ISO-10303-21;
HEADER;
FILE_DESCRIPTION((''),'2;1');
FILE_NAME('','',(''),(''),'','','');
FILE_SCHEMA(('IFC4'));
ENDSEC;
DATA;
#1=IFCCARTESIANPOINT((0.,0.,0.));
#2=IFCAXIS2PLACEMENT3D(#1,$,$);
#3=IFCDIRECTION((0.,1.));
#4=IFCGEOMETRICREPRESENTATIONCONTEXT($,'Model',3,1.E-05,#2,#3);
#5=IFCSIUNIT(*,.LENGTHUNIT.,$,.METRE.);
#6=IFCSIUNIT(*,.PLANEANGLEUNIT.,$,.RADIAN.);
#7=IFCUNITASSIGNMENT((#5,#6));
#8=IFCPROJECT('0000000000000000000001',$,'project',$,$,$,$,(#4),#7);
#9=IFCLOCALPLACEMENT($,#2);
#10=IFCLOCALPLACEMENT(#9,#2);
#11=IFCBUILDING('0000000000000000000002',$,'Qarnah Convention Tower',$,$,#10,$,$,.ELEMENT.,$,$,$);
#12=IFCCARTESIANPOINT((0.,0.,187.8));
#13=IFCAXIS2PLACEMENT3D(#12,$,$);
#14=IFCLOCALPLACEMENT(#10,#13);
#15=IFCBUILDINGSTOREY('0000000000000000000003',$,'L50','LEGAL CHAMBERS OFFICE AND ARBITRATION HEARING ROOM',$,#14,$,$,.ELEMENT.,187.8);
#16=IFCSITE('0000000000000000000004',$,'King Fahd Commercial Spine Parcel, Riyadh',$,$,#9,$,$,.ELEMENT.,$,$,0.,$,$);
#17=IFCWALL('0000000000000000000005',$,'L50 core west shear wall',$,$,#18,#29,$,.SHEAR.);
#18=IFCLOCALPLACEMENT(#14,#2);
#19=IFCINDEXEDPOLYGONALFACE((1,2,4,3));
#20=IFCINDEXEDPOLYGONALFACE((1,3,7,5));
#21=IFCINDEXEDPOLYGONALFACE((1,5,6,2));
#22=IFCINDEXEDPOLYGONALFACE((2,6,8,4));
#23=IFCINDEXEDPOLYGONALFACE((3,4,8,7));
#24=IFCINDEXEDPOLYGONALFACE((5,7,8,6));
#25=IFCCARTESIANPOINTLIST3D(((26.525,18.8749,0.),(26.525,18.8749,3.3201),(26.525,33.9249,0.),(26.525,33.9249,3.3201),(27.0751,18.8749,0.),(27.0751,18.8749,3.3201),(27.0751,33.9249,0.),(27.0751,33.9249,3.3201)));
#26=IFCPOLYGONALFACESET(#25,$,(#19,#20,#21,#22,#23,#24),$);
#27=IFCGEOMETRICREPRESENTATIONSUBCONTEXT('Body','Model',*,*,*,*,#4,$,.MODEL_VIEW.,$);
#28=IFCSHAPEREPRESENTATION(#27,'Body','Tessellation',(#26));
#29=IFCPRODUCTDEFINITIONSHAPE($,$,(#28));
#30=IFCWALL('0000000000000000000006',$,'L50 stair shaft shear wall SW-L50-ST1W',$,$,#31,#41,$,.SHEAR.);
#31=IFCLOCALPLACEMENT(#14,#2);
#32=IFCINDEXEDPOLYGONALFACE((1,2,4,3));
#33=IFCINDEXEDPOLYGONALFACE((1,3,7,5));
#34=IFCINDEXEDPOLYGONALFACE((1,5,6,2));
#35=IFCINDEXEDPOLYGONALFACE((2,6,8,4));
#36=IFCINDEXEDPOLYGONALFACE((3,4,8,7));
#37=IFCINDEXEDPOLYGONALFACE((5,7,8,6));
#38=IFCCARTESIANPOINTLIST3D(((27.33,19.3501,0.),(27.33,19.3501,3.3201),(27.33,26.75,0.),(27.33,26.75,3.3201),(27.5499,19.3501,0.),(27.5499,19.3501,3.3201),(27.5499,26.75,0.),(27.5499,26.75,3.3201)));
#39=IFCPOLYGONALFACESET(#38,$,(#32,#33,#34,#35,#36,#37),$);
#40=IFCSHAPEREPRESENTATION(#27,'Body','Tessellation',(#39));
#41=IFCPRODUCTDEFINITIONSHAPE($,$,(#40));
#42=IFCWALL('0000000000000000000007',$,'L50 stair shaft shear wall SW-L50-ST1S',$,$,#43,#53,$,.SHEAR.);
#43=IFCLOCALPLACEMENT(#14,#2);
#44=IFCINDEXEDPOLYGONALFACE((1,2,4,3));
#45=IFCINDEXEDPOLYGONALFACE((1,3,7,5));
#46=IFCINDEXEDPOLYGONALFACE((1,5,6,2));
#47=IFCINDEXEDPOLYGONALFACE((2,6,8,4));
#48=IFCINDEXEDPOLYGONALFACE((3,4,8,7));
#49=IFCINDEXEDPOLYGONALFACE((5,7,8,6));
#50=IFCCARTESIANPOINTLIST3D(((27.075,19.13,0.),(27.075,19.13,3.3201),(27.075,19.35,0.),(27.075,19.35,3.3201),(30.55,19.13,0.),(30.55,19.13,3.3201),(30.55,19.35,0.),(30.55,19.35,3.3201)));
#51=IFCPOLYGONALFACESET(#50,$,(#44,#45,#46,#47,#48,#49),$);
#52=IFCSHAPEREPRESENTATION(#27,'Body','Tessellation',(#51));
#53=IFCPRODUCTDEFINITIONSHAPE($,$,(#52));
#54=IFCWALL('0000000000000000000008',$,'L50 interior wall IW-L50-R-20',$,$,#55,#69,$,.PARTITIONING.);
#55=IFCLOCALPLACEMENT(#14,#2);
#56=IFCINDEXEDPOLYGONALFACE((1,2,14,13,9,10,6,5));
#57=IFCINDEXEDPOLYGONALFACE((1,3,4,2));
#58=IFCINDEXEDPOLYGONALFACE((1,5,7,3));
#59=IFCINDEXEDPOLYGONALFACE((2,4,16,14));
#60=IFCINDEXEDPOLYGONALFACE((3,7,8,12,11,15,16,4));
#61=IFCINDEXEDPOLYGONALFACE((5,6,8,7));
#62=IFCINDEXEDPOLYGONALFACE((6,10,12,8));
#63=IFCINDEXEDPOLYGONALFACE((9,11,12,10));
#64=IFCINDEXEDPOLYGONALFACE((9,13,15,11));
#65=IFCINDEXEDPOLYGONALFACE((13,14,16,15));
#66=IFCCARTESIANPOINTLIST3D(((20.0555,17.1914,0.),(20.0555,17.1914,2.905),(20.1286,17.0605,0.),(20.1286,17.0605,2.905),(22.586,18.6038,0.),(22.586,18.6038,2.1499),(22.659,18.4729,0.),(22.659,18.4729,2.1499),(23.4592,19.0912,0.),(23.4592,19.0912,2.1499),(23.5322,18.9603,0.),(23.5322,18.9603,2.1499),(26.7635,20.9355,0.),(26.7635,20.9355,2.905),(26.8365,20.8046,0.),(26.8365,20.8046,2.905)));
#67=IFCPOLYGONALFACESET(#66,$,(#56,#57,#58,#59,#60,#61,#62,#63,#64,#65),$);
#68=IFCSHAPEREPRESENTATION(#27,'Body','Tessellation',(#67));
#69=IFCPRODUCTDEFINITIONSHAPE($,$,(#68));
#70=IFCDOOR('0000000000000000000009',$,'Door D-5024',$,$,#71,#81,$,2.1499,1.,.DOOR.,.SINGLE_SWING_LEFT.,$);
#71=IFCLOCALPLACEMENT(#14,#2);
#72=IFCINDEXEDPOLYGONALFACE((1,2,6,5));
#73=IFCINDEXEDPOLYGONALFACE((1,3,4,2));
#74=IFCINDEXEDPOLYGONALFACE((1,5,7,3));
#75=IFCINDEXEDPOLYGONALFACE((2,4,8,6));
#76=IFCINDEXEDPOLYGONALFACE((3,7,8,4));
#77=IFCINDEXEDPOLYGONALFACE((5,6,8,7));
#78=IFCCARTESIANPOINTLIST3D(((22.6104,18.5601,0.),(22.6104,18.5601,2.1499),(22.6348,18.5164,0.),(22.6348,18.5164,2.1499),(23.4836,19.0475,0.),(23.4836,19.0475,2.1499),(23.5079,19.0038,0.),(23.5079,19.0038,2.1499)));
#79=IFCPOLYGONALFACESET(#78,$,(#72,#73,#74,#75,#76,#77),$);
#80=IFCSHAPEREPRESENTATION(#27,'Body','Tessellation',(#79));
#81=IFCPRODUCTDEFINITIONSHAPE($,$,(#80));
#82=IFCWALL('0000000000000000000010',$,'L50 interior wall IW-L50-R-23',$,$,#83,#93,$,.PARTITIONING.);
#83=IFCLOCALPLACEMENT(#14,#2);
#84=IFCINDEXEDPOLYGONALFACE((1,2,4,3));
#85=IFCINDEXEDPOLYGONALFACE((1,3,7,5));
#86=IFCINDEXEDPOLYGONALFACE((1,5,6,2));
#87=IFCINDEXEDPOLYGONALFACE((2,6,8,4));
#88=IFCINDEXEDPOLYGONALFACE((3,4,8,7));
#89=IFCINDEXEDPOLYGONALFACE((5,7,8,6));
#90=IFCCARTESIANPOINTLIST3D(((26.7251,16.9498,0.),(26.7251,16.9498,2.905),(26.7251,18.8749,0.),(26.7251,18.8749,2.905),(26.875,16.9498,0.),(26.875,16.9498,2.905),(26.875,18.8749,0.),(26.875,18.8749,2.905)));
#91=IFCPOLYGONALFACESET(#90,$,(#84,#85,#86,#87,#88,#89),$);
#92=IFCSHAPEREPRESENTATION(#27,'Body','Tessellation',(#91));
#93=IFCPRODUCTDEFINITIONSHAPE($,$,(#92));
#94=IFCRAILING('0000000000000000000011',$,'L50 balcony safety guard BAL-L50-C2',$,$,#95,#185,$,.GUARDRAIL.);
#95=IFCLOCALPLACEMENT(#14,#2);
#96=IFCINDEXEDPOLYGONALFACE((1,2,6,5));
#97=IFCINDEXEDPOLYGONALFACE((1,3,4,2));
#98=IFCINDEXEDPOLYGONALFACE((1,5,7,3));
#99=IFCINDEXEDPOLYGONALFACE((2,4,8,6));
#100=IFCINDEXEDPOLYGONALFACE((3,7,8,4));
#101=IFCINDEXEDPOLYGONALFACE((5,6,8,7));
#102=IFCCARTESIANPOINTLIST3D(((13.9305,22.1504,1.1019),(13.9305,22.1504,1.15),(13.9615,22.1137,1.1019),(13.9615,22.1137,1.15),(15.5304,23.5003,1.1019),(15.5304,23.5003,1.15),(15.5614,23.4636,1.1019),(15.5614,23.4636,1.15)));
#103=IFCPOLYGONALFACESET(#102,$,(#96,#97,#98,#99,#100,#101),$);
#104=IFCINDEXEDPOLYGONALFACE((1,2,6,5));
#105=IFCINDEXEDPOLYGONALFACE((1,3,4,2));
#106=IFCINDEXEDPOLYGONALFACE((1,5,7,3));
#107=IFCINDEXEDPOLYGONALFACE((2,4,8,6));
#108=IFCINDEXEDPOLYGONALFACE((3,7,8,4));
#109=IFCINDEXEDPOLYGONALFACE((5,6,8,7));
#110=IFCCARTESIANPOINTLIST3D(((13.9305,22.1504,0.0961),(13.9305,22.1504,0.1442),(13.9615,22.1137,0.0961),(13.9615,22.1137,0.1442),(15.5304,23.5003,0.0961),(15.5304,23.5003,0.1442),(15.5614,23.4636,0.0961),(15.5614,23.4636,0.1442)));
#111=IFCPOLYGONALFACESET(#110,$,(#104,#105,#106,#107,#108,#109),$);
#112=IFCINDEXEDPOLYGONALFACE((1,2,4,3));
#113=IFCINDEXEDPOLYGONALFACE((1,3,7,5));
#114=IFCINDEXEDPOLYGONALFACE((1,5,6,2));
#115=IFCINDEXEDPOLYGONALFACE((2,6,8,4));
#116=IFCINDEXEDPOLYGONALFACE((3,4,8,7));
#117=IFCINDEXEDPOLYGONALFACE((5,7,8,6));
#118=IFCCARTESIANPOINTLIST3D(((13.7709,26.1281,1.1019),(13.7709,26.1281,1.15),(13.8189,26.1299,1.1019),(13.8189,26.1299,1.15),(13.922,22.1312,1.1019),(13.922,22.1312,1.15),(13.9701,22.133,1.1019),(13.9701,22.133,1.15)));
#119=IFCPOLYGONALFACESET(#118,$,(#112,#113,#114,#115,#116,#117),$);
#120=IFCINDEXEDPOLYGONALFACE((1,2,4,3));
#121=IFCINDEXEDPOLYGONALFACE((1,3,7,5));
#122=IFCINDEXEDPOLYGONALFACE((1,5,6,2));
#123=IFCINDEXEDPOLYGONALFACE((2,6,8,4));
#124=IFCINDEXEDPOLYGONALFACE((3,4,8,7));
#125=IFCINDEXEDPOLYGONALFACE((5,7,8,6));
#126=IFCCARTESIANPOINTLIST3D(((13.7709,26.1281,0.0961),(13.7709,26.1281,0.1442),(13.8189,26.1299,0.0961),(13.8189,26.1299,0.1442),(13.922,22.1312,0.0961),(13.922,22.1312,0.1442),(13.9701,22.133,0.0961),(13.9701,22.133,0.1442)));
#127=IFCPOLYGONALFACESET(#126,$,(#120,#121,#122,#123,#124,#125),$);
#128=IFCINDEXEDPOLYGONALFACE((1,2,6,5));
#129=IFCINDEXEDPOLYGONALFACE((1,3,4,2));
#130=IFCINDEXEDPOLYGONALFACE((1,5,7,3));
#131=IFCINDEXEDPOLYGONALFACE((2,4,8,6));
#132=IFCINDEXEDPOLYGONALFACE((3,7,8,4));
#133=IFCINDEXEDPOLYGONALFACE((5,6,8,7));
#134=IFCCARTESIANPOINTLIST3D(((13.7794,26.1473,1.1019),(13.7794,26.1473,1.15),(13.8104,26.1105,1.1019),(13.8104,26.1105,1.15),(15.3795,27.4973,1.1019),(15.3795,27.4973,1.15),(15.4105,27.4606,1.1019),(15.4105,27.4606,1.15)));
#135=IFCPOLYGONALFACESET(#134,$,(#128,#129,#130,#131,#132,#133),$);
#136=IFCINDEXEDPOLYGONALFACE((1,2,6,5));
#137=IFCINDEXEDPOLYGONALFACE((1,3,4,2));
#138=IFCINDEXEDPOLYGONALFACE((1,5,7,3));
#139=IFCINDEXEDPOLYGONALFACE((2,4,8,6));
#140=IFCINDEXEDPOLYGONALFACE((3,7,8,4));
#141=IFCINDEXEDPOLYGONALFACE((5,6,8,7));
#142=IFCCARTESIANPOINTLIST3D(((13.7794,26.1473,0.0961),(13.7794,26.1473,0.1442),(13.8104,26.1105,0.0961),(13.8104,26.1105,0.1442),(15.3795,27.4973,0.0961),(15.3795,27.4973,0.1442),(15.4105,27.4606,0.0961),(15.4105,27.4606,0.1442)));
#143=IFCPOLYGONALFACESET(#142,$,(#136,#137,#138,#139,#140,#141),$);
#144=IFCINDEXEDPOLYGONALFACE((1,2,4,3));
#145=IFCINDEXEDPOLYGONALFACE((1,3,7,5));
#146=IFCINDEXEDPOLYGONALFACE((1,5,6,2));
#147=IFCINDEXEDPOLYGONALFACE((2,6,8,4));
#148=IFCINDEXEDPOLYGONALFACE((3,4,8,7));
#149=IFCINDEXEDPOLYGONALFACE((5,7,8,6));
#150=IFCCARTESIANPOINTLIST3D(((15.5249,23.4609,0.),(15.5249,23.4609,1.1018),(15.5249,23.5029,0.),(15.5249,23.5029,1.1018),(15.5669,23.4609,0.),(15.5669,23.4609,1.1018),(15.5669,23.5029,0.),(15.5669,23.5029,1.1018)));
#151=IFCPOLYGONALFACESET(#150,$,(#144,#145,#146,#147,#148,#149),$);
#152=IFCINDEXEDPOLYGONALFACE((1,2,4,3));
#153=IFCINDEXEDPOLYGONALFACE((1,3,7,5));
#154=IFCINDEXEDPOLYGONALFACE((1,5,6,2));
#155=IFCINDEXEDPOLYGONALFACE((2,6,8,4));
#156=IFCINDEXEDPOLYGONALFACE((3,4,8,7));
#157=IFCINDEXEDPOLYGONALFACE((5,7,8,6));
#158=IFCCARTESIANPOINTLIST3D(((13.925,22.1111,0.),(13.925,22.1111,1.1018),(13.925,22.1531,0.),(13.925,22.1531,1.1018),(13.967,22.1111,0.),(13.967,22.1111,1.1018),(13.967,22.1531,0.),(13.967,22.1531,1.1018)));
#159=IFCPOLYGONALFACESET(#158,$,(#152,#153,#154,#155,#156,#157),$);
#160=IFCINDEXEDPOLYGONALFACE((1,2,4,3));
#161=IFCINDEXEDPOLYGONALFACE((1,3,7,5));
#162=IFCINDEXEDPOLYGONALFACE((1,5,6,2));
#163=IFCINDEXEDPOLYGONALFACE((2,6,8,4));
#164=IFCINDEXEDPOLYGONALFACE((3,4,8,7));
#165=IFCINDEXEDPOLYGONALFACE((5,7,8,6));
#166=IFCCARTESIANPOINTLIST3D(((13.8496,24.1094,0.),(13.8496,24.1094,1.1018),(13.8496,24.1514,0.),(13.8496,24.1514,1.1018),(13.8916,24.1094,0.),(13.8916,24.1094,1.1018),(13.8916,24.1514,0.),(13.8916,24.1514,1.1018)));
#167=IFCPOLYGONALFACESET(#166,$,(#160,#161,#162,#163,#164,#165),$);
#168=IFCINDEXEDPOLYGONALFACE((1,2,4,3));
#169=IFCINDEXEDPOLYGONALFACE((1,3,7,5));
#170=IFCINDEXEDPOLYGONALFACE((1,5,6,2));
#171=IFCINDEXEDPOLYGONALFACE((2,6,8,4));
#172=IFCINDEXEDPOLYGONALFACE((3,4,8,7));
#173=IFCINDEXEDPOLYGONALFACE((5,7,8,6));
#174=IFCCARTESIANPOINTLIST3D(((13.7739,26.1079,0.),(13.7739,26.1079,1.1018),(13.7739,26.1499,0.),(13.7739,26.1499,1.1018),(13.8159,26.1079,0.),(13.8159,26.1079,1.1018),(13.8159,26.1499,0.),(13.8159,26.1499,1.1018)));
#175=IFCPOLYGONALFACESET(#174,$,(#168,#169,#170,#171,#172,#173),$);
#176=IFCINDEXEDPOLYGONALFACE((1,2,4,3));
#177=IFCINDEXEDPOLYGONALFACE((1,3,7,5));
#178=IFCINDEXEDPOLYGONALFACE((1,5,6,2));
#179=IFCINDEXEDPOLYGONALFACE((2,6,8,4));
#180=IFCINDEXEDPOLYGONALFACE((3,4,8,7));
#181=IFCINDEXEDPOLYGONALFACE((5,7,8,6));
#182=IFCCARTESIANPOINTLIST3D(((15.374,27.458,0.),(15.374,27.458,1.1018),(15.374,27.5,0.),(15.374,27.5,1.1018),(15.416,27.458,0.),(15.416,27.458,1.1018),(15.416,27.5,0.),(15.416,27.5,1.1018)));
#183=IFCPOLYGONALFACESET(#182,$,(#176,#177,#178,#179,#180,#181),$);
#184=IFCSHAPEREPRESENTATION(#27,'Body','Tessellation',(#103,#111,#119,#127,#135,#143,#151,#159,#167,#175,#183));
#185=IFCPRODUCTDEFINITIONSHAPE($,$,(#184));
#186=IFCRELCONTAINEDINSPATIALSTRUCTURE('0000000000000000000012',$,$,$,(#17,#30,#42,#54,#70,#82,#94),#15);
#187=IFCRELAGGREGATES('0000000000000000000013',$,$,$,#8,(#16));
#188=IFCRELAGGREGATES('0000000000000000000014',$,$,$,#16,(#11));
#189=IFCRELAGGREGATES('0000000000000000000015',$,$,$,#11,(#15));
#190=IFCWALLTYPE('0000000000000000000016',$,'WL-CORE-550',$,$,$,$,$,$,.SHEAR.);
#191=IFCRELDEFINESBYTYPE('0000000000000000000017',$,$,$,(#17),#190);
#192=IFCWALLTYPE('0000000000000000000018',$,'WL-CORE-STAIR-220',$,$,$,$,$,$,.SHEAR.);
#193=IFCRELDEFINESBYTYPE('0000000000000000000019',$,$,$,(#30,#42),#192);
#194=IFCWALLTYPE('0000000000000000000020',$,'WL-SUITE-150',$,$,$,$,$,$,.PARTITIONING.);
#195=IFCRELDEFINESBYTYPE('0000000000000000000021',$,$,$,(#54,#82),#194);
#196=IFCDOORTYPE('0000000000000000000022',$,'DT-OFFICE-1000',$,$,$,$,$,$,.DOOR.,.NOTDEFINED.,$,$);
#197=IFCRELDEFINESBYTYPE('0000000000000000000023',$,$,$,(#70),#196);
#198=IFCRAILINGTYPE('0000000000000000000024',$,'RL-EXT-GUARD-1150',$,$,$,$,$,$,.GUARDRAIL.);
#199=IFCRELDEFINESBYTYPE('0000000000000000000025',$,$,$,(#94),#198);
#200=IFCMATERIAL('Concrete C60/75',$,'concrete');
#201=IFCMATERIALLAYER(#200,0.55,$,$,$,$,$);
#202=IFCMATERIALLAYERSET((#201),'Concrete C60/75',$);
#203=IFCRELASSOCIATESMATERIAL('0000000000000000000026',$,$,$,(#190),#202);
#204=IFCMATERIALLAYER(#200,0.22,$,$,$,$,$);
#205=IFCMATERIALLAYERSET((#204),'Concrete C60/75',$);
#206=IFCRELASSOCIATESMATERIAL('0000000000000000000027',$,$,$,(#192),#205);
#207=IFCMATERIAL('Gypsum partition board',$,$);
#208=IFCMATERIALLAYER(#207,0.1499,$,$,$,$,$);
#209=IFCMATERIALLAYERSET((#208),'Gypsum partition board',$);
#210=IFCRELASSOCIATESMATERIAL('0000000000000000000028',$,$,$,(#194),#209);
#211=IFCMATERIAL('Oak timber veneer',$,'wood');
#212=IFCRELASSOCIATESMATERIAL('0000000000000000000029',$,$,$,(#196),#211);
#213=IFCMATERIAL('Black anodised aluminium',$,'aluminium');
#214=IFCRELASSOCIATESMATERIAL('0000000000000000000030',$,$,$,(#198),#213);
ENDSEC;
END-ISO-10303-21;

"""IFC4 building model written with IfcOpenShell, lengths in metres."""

from ifc_helpers import new_model, si_unit, direction, frame, frame_2d, origin, origin_2d, place, context, subcontext, project, spatial, rectangle, extrude, material, layer, layer_set, type_object, element, fill, save


model = new_model("IFC4")

# Units and contexts
model_context = context("Model", 3, precision=1e-05, world=origin(), true_north=direction((0.0, 1.0)))
body_context = subcontext(model_context, "Body", "Model", "MODEL_VIEW")
ifc_project = project(units=[si_unit("LENGTHUNIT", "METRE"), si_unit("PLANEANGLEUNIT", "RADIAN")], contexts=[model_context])

# Site, building, storey
site_placement = place(None, origin())
site = spatial("IfcSite", under=ifc_project, at=site_placement, Name="King Fahd Commercial Spine Parcel, Riyadh", CompositionType="ELEMENT", RefElevation=0.0)
building_placement = place(site_placement, origin())
building = spatial("IfcBuilding", under=site, at=building_placement, Name="Qarnah Convention Tower", CompositionType="ELEMENT")
storey_placement = place(building_placement, frame((0.0, 0.0, 187.8)))
storey = spatial("IfcBuildingStorey", under=building, at=storey_placement, Name="L50", Description="LEGAL CHAMBERS OFFICE AND ARBITRATION HEARING ROOM", CompositionType="ELEMENT", Elevation=187.8)

# Shared definitions
ifc_material_1 = material(Name="Black anodised aluminium", Category="aluminium")

# Shared definitions
ifc_material_2 = material(Name="Concrete C60/75", Category="concrete")
ifc_layer_1 = layer(ifc_material_2, 0.55)
ifc_layer_set_1 = layer_set([ifc_layer_1], Name="Concrete C60/75")
wall_type_1 = type_object("IfcWallType", Name="WL-CORE-550", PredefinedType="SHEAR", material=ifc_layer_set_1)

# Walls
wall_1_placement = place(storey_placement, frame((26.8, 18.875, 0.0), z_axis=(0.0, 0.0, 1.0), x_axis=(0.0, 1.0, 0.0)))
element("IfcWall", 1, at=wall_1_placement, inside=storey, type_object=wall_type_1, Name="L50 core west shear wall", PredefinedType="SHEAR", context=body_context, shape_type="SweptSolid", body=[
    extrude(rectangle(XDim=15.05, YDim=0.55, at=frame_2d((7.5249, 0.0))), origin(), (0.0, 0.0, 1.0), 3.3201),
])
ifc_layer_2 = layer(ifc_material_2, 0.22)
ifc_layer_set_2 = layer_set([ifc_layer_2], Name="Concrete C60/75")
wall_type_2 = type_object("IfcWallType", Name="WL-CORE-STAIR-220", PredefinedType="SHEAR", material=ifc_layer_set_2)
wall_2_placement = place(storey_placement, frame((27.4399, 19.3501, 0.0), z_axis=(0.0, 0.0, 1.0), x_axis=(0.0, 1.0, 0.0)))
element("IfcWall", 2, at=wall_2_placement, inside=storey, type_object=wall_type_2, Name="L50 stair shaft shear wall SW-L50-ST1W", PredefinedType="SHEAR", context=body_context, shape_type="SweptSolid", body=[
    extrude(rectangle(XDim=7.3999, YDim=0.22, at=frame_2d((3.7, 0.0))), origin(), (0.0, 0.0, 1.0), 3.3201),
])
wall_3_placement = place(storey_placement, frame((27.075, 19.24, 0.0), z_axis=(0.0, 0.0, 1.0), x_axis=(1.0, 0.0, 0.0)))
element("IfcWall", 3, at=wall_3_placement, inside=storey, type_object=wall_type_2, Name="L50 stair shaft shear wall SW-L50-ST1S", PredefinedType="SHEAR", context=body_context, shape_type="SweptSolid", body=[
    extrude(rectangle(XDim=3.4751, YDim=0.22, at=frame_2d((1.7375, 0.0))), origin(), (0.0, 0.0, 1.0), 3.3201),
])

# Wall, opening, door
ifc_material_3 = material(Name="Gypsum partition board")
ifc_layer_3 = layer(ifc_material_3, 0.1499)
ifc_layer_set_3 = layer_set([ifc_layer_3], Name="Gypsum partition board")
wall_type_3 = type_object("IfcWallType", Name="WL-SUITE-150", PredefinedType="PARTITIONING", material=ifc_layer_set_3)
wall_4_placement = place(storey_placement, frame((20.092, 17.126, 0.0), z_axis=(0.0, 0.0, 1.0), x_axis=(0.87319, 0.48738, 0.0)))
wall_4 = element("IfcWall", 4, at=wall_4_placement, inside=storey, type_object=wall_type_3, Name="L50 interior wall IW-L50-R-20", PredefinedType="PARTITIONING", context=body_context, shape_type="SweptSolid", body=[
    extrude(rectangle(XDim=7.6821, YDim=0.1499, at=frame_2d((3.8411, 0.0))), origin(), (0.0, 0.0, 1.0), 2.905),
])
opening_1_placement = place(wall_4_placement, frame((2.8979, 0.0, 0.0)))
opening_1 = element("IfcOpeningElement", 5, at=opening_1_placement, cuts=wall_4, PredefinedType="OPENING", context=body_context, shape_type="SweptSolid", body=[
    extrude(rectangle(XDim=1.0, YDim=2.1499, at=frame_2d((0.5, 1.075))), frame((0.0, 0.085, 0.0), z_axis=(0.0, -1.0, 0.0), x_axis=(1.0, 0.0, 0.0)), (0.0, 0.0, 1.0), 0.1699),
])
ifc_material_4 = material(Name="Oak timber veneer", Category="wood")
door_type_1 = type_object("IfcDoorType", Name="DT-OFFICE-1000", OperationType="NOTDEFINED", PredefinedType="DOOR", material=ifc_material_4)
door_1_placement = place(opening_1_placement, origin())
door_1 = element("IfcDoor", 6, at=door_1_placement, inside=storey, type_object=door_type_1, Name="Door D-5024", OperationType="SINGLE_SWING_LEFT", OverallHeight=2.1499, OverallWidth=1.0, PredefinedType="DOOR", context=body_context, shape_type="SweptSolid", body=[
    extrude(rectangle(XDim=1.0, YDim=2.1499, at=frame_2d((0.5, 1.075))), frame((0.0, 0.0249, 0.0), z_axis=(0.0, -1.0, 0.0), x_axis=(1.0, 0.0, 0.0)), (0.0, 0.0, 1.0), 0.05),
])
fill(opening_1, door_1)

# Wall
wall_5_placement = place(storey_placement, frame((26.8, 16.95, 0.0), z_axis=(0.0, 0.0, 1.0), x_axis=(0.0, 1.0, 0.0)))
element("IfcWall", 7, at=wall_5_placement, inside=storey, type_object=wall_type_3, Name="L50 interior wall IW-L50-R-23", PredefinedType="PARTITIONING", context=body_context, shape_type="SweptSolid", body=[
    extrude(rectangle(XDim=1.925, YDim=0.1499, at=frame_2d((0.9624, 0.0))), origin(), (0.0, 0.0, 1.0), 2.905),
])

# Railing
railing_type = type_object("IfcRailingType", Name="RL-EXT-GUARD-1150", PredefinedType="GUARDRAIL", material=ifc_material_1)
railing_placement = place(storey_placement, frame((15.5459, 23.4819, 0.0)))
element("IfcRailing", 8, at=railing_placement, inside=storey, type_object=railing_type, Name="L50 balcony safety guard BAL-L50-C2", PredefinedType="GUARDRAIL", context=body_context, shape_type="SweptSolid", body=[
    extrude(rectangle(XDim=0.0481, YDim=0.0481, at=origin_2d()), frame((0.0, 0.0, 1.126), z_axis=(-0.764297, -0.644865, 0.0), x_axis=(0.644865, -0.764297, 0.0)), (0.0, 0.0, 1.0), 2.0933),
    extrude(rectangle(XDim=0.0481, YDim=0.0481, at=origin_2d()), frame((0.0, 0.0, 0.1201), z_axis=(-0.764297, -0.644865, 0.0), x_axis=(0.644865, -0.764297, 0.0)), (0.0, 0.0, 1.0), 2.0933),
    extrude(rectangle(XDim=0.0481, YDim=0.0481, at=origin_2d()), frame((-1.5999, -1.3499, 1.126), z_axis=(-0.037784, 0.999286, 0.0), x_axis=(-0.999286, -0.037784, 0.0)), (0.0, 0.0, 1.0), 3.9998),
    extrude(rectangle(XDim=0.0481, YDim=0.0481, at=origin_2d()), frame((-1.5999, -1.3499, 0.1201), z_axis=(-0.037784, 0.999286, 0.0), x_axis=(-0.999286, -0.037784, 0.0)), (0.0, 0.0, 1.0), 3.9998),
    extrude(rectangle(XDim=0.0481, YDim=0.0481, at=origin_2d()), frame((-1.751, 2.647, 1.126), z_axis=(0.764288, 0.644875, 0.0), x_axis=(-0.644875, 0.764288, 0.0)), (0.0, 0.0, 1.0), 2.0935),
    extrude(rectangle(XDim=0.0481, YDim=0.0481, at=origin_2d()), frame((-1.751, 2.647, 0.1201), z_axis=(0.764288, 0.644875, 0.0), x_axis=(-0.644875, 0.764288, 0.0)), (0.0, 0.0, 1.0), 2.0935),
    extrude(rectangle(XDim=0.042, YDim=0.042, at=origin_2d()), origin(), (0.0, 0.0, 1.0), 1.1018),
    extrude(rectangle(XDim=0.042, YDim=0.042, at=origin_2d()), frame((-1.5999, -1.3499, 0.0)), (0.0, 0.0, 1.0), 1.1018),
    extrude(rectangle(XDim=0.042, YDim=0.042, at=origin_2d()), frame((-1.6753, 0.6484, 0.0)), (0.0, 0.0, 1.0), 1.1018),
    extrude(rectangle(XDim=0.042, YDim=0.042, at=origin_2d()), frame((-1.751, 2.647, 0.0)), (0.0, 0.0, 1.0), 1.1018),
    extrude(rectangle(XDim=0.042, YDim=0.042, at=origin_2d()), frame((-0.1509, 3.9971, 0.0)), (0.0, 0.0, 1.0), 1.1018),
])

save(model, "model.ifc")
